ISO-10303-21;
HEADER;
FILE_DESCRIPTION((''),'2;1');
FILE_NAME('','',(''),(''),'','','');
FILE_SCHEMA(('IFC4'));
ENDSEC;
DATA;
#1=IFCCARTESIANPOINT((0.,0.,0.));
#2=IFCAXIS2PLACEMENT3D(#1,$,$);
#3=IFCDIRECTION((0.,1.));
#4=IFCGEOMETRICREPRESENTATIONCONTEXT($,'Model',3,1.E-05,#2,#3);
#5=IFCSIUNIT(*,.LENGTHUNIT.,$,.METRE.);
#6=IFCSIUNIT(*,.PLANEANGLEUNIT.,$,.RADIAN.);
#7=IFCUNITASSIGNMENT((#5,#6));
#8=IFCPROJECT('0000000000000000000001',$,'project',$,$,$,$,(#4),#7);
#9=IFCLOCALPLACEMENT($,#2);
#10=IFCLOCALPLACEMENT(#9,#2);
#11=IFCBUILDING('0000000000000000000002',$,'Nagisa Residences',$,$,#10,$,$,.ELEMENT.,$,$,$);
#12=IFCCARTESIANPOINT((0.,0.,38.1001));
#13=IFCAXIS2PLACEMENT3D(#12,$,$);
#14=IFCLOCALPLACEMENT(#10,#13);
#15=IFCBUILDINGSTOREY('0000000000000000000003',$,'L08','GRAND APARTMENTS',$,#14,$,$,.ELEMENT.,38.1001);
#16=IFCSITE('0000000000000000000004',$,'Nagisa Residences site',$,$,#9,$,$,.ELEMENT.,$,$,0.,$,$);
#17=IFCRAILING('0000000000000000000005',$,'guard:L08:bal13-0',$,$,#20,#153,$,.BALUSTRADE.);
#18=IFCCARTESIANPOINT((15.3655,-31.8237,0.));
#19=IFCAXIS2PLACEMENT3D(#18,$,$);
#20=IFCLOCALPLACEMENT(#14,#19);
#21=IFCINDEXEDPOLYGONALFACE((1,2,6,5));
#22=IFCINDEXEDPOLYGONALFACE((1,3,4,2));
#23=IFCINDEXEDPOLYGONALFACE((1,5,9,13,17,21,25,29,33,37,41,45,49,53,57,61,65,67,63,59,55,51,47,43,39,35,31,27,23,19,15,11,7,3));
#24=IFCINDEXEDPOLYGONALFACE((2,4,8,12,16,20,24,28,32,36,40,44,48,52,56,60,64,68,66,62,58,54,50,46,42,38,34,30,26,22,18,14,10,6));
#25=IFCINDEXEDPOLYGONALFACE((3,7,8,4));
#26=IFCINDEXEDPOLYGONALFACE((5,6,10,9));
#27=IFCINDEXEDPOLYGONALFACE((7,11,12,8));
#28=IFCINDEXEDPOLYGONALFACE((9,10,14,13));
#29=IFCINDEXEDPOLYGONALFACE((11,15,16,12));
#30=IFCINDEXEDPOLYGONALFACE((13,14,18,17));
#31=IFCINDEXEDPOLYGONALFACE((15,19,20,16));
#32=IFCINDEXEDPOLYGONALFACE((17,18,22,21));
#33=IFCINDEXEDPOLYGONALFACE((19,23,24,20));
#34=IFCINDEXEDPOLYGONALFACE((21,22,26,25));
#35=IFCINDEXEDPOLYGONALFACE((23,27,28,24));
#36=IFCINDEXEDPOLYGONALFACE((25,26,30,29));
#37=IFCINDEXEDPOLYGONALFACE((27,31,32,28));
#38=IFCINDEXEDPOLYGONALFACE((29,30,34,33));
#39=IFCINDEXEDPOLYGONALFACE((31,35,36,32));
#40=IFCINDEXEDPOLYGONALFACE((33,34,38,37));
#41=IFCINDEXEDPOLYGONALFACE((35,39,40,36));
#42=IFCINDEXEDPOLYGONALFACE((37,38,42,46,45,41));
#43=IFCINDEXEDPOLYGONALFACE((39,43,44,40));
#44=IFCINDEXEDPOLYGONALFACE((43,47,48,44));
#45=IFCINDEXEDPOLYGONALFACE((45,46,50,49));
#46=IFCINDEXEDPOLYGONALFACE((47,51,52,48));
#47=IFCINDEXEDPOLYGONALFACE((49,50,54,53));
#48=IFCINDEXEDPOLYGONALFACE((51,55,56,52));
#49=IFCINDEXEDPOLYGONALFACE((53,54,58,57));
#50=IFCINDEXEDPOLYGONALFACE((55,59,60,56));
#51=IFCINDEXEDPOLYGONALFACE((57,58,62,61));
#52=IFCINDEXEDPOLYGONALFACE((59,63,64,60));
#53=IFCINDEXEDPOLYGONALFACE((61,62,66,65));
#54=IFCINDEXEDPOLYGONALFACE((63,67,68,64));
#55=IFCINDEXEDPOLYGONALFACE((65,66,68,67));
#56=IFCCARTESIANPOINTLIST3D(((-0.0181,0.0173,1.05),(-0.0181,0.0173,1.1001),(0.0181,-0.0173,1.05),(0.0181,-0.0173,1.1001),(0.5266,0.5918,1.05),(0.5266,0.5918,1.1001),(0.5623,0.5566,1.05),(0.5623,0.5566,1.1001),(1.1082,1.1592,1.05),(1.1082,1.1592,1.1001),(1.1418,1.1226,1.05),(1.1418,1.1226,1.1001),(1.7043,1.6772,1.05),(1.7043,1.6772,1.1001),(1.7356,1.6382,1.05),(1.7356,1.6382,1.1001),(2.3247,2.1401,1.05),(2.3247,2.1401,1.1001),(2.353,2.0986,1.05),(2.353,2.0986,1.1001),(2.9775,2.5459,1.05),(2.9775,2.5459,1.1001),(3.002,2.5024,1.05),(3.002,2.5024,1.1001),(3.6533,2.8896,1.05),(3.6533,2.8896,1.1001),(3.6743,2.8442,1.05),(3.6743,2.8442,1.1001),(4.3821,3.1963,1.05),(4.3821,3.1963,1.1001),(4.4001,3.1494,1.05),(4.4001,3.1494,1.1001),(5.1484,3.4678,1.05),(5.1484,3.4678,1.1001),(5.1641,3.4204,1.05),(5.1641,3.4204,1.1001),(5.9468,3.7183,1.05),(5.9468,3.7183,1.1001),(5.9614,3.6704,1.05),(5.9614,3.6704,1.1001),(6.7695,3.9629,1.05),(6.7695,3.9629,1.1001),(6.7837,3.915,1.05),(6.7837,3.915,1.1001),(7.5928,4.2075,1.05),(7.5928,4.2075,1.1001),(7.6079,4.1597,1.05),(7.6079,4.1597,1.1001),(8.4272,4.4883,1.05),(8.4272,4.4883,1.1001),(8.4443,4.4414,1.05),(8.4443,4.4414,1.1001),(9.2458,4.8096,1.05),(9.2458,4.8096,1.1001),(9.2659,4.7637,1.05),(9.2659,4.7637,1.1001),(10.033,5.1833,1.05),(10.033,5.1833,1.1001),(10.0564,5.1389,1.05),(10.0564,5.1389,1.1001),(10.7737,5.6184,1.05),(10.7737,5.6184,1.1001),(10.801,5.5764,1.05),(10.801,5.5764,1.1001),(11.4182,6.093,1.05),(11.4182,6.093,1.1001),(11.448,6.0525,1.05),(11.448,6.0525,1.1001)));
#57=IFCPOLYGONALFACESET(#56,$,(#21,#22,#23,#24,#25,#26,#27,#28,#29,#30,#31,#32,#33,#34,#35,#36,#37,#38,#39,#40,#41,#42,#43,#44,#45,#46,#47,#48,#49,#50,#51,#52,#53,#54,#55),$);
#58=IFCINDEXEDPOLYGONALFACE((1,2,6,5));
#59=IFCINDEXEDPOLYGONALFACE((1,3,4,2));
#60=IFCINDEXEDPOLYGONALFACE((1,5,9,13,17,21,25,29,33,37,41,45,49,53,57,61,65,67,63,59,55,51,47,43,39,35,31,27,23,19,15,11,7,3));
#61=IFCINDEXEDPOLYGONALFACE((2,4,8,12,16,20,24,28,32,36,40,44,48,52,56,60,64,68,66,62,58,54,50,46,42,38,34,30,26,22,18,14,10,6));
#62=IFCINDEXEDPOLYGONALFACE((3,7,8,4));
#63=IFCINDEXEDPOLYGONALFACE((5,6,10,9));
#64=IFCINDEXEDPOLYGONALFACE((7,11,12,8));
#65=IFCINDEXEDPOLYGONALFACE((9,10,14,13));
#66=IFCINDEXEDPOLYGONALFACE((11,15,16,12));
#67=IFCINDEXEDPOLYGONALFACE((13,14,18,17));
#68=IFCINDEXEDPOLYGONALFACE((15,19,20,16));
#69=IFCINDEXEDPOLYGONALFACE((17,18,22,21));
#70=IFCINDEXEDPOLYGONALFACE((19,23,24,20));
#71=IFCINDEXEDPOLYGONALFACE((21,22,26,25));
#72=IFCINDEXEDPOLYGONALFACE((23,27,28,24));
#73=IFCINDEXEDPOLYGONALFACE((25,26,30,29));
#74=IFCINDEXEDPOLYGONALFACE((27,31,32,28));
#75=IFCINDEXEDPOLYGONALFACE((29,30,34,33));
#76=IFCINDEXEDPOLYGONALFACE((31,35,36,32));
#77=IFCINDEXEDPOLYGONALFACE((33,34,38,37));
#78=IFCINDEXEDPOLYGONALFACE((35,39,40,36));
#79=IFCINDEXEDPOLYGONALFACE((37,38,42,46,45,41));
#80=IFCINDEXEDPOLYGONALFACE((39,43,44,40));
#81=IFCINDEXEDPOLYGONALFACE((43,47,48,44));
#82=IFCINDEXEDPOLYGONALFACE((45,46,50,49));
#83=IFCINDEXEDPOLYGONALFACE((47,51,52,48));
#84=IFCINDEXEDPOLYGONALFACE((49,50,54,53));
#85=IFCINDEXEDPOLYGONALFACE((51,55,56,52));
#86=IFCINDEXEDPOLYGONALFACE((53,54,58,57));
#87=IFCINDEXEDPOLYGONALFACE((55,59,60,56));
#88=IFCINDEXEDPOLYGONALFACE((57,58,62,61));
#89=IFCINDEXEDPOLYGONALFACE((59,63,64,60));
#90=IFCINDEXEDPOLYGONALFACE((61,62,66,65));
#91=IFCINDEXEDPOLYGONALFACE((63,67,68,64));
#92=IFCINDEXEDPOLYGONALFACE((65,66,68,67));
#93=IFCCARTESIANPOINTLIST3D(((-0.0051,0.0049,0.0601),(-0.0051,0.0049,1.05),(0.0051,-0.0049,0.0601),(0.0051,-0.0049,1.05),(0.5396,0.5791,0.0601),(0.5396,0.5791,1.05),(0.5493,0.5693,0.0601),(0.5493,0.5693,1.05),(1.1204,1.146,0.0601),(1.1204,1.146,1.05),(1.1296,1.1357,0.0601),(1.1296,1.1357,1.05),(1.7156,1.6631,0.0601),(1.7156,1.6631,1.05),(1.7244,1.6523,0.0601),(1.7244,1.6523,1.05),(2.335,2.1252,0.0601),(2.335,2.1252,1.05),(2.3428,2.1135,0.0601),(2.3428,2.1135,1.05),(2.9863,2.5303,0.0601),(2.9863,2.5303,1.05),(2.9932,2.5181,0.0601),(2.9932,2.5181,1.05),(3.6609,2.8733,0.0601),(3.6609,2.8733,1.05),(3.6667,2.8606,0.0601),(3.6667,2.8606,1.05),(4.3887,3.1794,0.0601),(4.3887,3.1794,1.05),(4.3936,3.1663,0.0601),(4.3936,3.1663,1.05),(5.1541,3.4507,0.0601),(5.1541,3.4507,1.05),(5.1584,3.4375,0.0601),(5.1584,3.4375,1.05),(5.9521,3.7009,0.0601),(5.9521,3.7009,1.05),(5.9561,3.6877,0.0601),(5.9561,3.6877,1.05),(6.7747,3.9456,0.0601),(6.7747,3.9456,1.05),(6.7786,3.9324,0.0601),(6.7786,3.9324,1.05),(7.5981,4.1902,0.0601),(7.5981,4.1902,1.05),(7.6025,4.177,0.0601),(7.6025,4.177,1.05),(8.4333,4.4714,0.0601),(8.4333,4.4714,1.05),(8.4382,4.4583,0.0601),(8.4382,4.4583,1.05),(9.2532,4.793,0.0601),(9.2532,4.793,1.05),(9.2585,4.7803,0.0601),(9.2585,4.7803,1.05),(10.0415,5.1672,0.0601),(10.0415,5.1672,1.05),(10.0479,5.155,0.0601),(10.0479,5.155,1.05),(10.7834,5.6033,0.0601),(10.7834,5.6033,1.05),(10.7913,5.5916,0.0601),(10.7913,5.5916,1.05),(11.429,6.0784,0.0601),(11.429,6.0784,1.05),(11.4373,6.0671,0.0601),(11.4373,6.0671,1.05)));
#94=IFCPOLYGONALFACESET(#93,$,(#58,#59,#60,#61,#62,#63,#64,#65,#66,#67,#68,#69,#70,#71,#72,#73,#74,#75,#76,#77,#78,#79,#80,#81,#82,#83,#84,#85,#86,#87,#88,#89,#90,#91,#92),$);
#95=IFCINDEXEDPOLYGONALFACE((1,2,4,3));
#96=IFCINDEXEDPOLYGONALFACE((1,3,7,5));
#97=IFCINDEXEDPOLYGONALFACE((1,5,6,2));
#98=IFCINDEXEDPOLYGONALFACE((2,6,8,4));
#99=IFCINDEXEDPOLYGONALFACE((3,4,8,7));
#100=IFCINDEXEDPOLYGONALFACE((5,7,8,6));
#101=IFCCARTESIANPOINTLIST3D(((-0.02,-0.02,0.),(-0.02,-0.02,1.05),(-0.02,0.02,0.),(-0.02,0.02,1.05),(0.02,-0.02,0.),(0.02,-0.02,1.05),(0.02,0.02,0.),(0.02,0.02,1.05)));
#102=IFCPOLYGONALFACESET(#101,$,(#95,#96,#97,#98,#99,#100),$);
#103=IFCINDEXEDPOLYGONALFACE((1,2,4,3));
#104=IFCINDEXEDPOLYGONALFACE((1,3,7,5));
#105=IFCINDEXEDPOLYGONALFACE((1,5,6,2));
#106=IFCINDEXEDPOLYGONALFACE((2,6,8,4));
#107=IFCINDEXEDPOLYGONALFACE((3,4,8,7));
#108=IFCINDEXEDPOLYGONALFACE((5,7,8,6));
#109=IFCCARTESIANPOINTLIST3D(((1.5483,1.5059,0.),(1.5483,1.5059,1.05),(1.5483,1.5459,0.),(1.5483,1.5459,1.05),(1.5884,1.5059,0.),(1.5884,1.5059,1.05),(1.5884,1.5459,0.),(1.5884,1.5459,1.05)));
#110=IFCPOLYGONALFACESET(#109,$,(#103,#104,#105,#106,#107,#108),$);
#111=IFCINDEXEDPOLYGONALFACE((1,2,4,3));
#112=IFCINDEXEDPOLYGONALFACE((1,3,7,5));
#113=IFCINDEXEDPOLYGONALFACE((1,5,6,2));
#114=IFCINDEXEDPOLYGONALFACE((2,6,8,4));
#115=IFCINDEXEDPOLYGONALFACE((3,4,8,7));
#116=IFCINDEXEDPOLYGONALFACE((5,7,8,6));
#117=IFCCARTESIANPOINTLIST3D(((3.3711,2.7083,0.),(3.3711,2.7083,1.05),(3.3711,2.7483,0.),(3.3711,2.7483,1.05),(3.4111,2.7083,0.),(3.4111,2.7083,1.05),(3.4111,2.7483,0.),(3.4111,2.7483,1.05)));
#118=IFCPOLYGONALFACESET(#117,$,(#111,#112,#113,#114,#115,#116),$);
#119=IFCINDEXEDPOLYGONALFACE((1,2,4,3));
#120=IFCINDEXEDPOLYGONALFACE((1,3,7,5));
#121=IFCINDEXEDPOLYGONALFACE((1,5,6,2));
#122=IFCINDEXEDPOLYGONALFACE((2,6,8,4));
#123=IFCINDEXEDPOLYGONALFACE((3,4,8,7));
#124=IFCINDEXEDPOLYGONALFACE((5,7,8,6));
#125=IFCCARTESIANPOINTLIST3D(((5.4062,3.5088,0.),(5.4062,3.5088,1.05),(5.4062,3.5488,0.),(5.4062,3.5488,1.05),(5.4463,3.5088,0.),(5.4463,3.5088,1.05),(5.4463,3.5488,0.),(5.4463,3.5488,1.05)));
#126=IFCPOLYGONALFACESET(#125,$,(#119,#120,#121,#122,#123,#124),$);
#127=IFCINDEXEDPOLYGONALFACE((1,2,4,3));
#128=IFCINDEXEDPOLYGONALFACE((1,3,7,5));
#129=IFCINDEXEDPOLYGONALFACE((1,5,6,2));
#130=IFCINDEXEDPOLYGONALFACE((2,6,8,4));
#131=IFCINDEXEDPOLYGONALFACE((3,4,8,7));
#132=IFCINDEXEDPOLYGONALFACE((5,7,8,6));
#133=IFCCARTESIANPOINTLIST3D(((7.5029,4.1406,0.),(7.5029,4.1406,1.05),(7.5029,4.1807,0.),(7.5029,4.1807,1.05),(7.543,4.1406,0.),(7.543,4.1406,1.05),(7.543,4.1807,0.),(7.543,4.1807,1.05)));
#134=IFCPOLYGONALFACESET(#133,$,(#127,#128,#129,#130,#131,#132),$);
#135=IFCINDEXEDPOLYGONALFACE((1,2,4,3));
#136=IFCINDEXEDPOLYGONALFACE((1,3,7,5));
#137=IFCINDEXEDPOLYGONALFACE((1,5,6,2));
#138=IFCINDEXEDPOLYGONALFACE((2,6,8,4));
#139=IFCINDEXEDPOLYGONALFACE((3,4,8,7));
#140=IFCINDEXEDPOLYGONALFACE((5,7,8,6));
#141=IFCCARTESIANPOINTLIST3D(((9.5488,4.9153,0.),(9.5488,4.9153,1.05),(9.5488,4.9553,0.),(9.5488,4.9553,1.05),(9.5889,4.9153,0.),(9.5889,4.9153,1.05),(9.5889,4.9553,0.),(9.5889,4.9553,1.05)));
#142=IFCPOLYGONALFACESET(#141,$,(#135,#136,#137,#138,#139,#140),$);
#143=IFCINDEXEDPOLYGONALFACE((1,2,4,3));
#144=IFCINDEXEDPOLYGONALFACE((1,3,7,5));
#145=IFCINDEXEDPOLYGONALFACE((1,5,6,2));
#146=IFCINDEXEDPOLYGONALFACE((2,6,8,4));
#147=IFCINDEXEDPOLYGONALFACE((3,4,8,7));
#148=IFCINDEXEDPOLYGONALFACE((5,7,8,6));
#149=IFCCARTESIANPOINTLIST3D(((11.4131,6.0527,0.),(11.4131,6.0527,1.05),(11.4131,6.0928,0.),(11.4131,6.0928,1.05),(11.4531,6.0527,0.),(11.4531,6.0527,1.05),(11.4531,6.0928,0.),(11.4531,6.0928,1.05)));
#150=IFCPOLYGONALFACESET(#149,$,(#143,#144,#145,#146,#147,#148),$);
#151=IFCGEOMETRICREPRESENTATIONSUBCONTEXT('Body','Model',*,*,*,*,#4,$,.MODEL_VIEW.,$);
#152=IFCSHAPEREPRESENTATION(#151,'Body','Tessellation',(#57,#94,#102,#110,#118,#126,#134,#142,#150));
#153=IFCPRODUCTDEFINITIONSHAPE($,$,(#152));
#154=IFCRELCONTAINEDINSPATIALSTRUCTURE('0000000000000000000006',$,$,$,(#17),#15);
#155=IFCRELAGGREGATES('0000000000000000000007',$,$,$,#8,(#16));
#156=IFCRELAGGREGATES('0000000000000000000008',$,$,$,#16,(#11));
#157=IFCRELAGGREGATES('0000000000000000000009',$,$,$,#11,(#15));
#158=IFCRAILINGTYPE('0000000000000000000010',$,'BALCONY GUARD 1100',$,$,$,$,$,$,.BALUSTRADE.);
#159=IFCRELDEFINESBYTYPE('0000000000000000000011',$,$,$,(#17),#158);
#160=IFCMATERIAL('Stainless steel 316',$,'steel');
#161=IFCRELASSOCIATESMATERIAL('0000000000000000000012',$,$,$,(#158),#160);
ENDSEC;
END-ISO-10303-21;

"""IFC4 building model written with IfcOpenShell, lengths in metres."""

from ifc_helpers import new_model, si_unit, direction, frame, origin, origin_2d, place, context, subcontext, project, spatial, polyline, rectangle, outline, extrude, material, type_object, element, save


model = new_model("IFC4")

# Units and contexts
model_context = context("Model", 3, precision=1e-05, world=origin(), true_north=direction((0.0, 1.0)))
body_context = subcontext(model_context, "Body", "Model", "MODEL_VIEW")
ifc_project = project(units=[si_unit("LENGTHUNIT", "METRE"), si_unit("PLANEANGLEUNIT", "RADIAN")], contexts=[model_context])

# Site, building, storey
site_placement = place(None, origin())
site = spatial("IfcSite", under=ifc_project, at=site_placement, Name="Nagisa Residences site", CompositionType="ELEMENT", RefElevation=0.0)
building_placement = place(site_placement, origin())
building = spatial("IfcBuilding", under=site, at=building_placement, Name="Nagisa Residences", CompositionType="ELEMENT")
storey_placement = place(building_placement, frame((0.0, 0.0, 38.1001)))
storey = spatial("IfcBuildingStorey", under=building, at=storey_placement, Name="L08", Description="GRAND APARTMENTS", CompositionType="ELEMENT", Elevation=38.1001)

# Railing
ifc_material_1 = material(Name="Stainless steel 316", Category="steel")
railing_type = type_object("IfcRailingType", Name="BALCONY GUARD 1100", PredefinedType="BALUSTRADE", material=ifc_material_1)
railing_1_placement = place(storey_placement, frame((15.3655, -31.8237, 0.0)))
element("IfcRailing", 1, at=railing_1_placement, inside=storey, type_object=railing_type, Name="guard:L08:bal13-0", PredefinedType="BALUSTRADE", context=body_context, shape_type="SweptSolid", body=[
    extrude(outline(polyline([(0.5266, 0.5918), (-0.0181, 0.0173), (0.0181, -0.0173), (0.5623, 0.5566), (1.1418, 1.1226), (1.7356, 1.6382), (2.353, 2.0986), (3.002, 2.5024), (3.6743, 2.8442), (4.4001, 3.1494), (5.1641, 3.4204), (5.9614, 3.6704), (6.7837, 3.915), (7.6079, 4.1597), (8.4443, 4.4414), (9.2659, 4.7637), (10.0564, 5.1389), (10.801, 5.5764), (11.448, 6.0525), (11.4182, 6.093), (10.7737, 5.6184), (10.033, 5.1833), (9.2458, 4.8096), (8.4272, 4.4883), (7.5928, 4.2075), (6.7695, 3.9629), (5.9468, 3.7183), (5.1484, 3.4678), (4.3821, 3.1963), (3.6533, 2.8896), (2.9775, 2.5459), (2.3247, 2.1401), (1.7043, 1.6772), (1.1082, 1.1592), (0.5266, 0.5918)])), frame((0.0, 0.0, 1.05)), (0.0, 0.0, 1.0), 0.05),
    extrude(outline(polyline([(0.5396, 0.5791), (-0.0051, 0.0049), (0.0051, -0.0049), (0.5493, 0.5693), (1.1296, 1.1357), (1.7244, 1.6523), (2.3428, 2.1135), (2.9932, 2.5181), (3.6667, 2.8606), (4.3936, 3.1663), (5.1584, 3.4375), (5.9561, 3.6877), (6.7786, 3.9324), (7.6025, 4.177), (8.4382, 4.4583), (9.2585, 4.7803), (10.0479, 5.155), (10.7913, 5.5916), (11.4373, 6.0671), (11.429, 6.0784), (10.7834, 5.6033), (10.0415, 5.1672), (9.2532, 4.793), (8.4333, 4.4714), (7.5981, 4.1902), (6.7747, 3.9456), (5.9521, 3.7009), (5.1541, 3.4507), (4.3887, 3.1794), (3.6609, 2.8733), (2.9863, 2.5303), (2.335, 2.1252), (1.7156, 1.6631), (1.1204, 1.146), (0.5396, 0.5791)])), frame((0.0, 0.0, 0.0601)), (0.0, 0.0, 1.0), 0.99),
    extrude(rectangle(XDim=0.04, YDim=0.04, at=origin_2d()), origin(), (0.0, 0.0, 1.0), 1.05),
    extrude(rectangle(XDim=0.04, YDim=0.04, at=origin_2d()), frame((1.5684, 1.5259, 0.0)), (0.0, 0.0, 1.0), 1.05),
    extrude(rectangle(XDim=0.04, YDim=0.04, at=origin_2d()), frame((3.3911, 2.7283, 0.0)), (0.0, 0.0, 1.0), 1.05),
    extrude(rectangle(XDim=0.04, YDim=0.04, at=origin_2d()), frame((5.4263, 3.5288, 0.0)), (0.0, 0.0, 1.0), 1.05),
    extrude(rectangle(XDim=0.04, YDim=0.04, at=origin_2d()), frame((7.5229, 4.1606, 0.0)), (0.0, 0.0, 1.0), 1.05),
    extrude(rectangle(XDim=0.04, YDim=0.04, at=origin_2d()), frame((9.5688, 4.9353, 0.0)), (0.0, 0.0, 1.0), 1.05),
    extrude(rectangle(XDim=0.04, YDim=0.04, at=origin_2d()), frame((11.4331, 6.0728, 0.0)), (0.0, 0.0, 1.0), 1.05),
])

save(model, "model.ifc")
